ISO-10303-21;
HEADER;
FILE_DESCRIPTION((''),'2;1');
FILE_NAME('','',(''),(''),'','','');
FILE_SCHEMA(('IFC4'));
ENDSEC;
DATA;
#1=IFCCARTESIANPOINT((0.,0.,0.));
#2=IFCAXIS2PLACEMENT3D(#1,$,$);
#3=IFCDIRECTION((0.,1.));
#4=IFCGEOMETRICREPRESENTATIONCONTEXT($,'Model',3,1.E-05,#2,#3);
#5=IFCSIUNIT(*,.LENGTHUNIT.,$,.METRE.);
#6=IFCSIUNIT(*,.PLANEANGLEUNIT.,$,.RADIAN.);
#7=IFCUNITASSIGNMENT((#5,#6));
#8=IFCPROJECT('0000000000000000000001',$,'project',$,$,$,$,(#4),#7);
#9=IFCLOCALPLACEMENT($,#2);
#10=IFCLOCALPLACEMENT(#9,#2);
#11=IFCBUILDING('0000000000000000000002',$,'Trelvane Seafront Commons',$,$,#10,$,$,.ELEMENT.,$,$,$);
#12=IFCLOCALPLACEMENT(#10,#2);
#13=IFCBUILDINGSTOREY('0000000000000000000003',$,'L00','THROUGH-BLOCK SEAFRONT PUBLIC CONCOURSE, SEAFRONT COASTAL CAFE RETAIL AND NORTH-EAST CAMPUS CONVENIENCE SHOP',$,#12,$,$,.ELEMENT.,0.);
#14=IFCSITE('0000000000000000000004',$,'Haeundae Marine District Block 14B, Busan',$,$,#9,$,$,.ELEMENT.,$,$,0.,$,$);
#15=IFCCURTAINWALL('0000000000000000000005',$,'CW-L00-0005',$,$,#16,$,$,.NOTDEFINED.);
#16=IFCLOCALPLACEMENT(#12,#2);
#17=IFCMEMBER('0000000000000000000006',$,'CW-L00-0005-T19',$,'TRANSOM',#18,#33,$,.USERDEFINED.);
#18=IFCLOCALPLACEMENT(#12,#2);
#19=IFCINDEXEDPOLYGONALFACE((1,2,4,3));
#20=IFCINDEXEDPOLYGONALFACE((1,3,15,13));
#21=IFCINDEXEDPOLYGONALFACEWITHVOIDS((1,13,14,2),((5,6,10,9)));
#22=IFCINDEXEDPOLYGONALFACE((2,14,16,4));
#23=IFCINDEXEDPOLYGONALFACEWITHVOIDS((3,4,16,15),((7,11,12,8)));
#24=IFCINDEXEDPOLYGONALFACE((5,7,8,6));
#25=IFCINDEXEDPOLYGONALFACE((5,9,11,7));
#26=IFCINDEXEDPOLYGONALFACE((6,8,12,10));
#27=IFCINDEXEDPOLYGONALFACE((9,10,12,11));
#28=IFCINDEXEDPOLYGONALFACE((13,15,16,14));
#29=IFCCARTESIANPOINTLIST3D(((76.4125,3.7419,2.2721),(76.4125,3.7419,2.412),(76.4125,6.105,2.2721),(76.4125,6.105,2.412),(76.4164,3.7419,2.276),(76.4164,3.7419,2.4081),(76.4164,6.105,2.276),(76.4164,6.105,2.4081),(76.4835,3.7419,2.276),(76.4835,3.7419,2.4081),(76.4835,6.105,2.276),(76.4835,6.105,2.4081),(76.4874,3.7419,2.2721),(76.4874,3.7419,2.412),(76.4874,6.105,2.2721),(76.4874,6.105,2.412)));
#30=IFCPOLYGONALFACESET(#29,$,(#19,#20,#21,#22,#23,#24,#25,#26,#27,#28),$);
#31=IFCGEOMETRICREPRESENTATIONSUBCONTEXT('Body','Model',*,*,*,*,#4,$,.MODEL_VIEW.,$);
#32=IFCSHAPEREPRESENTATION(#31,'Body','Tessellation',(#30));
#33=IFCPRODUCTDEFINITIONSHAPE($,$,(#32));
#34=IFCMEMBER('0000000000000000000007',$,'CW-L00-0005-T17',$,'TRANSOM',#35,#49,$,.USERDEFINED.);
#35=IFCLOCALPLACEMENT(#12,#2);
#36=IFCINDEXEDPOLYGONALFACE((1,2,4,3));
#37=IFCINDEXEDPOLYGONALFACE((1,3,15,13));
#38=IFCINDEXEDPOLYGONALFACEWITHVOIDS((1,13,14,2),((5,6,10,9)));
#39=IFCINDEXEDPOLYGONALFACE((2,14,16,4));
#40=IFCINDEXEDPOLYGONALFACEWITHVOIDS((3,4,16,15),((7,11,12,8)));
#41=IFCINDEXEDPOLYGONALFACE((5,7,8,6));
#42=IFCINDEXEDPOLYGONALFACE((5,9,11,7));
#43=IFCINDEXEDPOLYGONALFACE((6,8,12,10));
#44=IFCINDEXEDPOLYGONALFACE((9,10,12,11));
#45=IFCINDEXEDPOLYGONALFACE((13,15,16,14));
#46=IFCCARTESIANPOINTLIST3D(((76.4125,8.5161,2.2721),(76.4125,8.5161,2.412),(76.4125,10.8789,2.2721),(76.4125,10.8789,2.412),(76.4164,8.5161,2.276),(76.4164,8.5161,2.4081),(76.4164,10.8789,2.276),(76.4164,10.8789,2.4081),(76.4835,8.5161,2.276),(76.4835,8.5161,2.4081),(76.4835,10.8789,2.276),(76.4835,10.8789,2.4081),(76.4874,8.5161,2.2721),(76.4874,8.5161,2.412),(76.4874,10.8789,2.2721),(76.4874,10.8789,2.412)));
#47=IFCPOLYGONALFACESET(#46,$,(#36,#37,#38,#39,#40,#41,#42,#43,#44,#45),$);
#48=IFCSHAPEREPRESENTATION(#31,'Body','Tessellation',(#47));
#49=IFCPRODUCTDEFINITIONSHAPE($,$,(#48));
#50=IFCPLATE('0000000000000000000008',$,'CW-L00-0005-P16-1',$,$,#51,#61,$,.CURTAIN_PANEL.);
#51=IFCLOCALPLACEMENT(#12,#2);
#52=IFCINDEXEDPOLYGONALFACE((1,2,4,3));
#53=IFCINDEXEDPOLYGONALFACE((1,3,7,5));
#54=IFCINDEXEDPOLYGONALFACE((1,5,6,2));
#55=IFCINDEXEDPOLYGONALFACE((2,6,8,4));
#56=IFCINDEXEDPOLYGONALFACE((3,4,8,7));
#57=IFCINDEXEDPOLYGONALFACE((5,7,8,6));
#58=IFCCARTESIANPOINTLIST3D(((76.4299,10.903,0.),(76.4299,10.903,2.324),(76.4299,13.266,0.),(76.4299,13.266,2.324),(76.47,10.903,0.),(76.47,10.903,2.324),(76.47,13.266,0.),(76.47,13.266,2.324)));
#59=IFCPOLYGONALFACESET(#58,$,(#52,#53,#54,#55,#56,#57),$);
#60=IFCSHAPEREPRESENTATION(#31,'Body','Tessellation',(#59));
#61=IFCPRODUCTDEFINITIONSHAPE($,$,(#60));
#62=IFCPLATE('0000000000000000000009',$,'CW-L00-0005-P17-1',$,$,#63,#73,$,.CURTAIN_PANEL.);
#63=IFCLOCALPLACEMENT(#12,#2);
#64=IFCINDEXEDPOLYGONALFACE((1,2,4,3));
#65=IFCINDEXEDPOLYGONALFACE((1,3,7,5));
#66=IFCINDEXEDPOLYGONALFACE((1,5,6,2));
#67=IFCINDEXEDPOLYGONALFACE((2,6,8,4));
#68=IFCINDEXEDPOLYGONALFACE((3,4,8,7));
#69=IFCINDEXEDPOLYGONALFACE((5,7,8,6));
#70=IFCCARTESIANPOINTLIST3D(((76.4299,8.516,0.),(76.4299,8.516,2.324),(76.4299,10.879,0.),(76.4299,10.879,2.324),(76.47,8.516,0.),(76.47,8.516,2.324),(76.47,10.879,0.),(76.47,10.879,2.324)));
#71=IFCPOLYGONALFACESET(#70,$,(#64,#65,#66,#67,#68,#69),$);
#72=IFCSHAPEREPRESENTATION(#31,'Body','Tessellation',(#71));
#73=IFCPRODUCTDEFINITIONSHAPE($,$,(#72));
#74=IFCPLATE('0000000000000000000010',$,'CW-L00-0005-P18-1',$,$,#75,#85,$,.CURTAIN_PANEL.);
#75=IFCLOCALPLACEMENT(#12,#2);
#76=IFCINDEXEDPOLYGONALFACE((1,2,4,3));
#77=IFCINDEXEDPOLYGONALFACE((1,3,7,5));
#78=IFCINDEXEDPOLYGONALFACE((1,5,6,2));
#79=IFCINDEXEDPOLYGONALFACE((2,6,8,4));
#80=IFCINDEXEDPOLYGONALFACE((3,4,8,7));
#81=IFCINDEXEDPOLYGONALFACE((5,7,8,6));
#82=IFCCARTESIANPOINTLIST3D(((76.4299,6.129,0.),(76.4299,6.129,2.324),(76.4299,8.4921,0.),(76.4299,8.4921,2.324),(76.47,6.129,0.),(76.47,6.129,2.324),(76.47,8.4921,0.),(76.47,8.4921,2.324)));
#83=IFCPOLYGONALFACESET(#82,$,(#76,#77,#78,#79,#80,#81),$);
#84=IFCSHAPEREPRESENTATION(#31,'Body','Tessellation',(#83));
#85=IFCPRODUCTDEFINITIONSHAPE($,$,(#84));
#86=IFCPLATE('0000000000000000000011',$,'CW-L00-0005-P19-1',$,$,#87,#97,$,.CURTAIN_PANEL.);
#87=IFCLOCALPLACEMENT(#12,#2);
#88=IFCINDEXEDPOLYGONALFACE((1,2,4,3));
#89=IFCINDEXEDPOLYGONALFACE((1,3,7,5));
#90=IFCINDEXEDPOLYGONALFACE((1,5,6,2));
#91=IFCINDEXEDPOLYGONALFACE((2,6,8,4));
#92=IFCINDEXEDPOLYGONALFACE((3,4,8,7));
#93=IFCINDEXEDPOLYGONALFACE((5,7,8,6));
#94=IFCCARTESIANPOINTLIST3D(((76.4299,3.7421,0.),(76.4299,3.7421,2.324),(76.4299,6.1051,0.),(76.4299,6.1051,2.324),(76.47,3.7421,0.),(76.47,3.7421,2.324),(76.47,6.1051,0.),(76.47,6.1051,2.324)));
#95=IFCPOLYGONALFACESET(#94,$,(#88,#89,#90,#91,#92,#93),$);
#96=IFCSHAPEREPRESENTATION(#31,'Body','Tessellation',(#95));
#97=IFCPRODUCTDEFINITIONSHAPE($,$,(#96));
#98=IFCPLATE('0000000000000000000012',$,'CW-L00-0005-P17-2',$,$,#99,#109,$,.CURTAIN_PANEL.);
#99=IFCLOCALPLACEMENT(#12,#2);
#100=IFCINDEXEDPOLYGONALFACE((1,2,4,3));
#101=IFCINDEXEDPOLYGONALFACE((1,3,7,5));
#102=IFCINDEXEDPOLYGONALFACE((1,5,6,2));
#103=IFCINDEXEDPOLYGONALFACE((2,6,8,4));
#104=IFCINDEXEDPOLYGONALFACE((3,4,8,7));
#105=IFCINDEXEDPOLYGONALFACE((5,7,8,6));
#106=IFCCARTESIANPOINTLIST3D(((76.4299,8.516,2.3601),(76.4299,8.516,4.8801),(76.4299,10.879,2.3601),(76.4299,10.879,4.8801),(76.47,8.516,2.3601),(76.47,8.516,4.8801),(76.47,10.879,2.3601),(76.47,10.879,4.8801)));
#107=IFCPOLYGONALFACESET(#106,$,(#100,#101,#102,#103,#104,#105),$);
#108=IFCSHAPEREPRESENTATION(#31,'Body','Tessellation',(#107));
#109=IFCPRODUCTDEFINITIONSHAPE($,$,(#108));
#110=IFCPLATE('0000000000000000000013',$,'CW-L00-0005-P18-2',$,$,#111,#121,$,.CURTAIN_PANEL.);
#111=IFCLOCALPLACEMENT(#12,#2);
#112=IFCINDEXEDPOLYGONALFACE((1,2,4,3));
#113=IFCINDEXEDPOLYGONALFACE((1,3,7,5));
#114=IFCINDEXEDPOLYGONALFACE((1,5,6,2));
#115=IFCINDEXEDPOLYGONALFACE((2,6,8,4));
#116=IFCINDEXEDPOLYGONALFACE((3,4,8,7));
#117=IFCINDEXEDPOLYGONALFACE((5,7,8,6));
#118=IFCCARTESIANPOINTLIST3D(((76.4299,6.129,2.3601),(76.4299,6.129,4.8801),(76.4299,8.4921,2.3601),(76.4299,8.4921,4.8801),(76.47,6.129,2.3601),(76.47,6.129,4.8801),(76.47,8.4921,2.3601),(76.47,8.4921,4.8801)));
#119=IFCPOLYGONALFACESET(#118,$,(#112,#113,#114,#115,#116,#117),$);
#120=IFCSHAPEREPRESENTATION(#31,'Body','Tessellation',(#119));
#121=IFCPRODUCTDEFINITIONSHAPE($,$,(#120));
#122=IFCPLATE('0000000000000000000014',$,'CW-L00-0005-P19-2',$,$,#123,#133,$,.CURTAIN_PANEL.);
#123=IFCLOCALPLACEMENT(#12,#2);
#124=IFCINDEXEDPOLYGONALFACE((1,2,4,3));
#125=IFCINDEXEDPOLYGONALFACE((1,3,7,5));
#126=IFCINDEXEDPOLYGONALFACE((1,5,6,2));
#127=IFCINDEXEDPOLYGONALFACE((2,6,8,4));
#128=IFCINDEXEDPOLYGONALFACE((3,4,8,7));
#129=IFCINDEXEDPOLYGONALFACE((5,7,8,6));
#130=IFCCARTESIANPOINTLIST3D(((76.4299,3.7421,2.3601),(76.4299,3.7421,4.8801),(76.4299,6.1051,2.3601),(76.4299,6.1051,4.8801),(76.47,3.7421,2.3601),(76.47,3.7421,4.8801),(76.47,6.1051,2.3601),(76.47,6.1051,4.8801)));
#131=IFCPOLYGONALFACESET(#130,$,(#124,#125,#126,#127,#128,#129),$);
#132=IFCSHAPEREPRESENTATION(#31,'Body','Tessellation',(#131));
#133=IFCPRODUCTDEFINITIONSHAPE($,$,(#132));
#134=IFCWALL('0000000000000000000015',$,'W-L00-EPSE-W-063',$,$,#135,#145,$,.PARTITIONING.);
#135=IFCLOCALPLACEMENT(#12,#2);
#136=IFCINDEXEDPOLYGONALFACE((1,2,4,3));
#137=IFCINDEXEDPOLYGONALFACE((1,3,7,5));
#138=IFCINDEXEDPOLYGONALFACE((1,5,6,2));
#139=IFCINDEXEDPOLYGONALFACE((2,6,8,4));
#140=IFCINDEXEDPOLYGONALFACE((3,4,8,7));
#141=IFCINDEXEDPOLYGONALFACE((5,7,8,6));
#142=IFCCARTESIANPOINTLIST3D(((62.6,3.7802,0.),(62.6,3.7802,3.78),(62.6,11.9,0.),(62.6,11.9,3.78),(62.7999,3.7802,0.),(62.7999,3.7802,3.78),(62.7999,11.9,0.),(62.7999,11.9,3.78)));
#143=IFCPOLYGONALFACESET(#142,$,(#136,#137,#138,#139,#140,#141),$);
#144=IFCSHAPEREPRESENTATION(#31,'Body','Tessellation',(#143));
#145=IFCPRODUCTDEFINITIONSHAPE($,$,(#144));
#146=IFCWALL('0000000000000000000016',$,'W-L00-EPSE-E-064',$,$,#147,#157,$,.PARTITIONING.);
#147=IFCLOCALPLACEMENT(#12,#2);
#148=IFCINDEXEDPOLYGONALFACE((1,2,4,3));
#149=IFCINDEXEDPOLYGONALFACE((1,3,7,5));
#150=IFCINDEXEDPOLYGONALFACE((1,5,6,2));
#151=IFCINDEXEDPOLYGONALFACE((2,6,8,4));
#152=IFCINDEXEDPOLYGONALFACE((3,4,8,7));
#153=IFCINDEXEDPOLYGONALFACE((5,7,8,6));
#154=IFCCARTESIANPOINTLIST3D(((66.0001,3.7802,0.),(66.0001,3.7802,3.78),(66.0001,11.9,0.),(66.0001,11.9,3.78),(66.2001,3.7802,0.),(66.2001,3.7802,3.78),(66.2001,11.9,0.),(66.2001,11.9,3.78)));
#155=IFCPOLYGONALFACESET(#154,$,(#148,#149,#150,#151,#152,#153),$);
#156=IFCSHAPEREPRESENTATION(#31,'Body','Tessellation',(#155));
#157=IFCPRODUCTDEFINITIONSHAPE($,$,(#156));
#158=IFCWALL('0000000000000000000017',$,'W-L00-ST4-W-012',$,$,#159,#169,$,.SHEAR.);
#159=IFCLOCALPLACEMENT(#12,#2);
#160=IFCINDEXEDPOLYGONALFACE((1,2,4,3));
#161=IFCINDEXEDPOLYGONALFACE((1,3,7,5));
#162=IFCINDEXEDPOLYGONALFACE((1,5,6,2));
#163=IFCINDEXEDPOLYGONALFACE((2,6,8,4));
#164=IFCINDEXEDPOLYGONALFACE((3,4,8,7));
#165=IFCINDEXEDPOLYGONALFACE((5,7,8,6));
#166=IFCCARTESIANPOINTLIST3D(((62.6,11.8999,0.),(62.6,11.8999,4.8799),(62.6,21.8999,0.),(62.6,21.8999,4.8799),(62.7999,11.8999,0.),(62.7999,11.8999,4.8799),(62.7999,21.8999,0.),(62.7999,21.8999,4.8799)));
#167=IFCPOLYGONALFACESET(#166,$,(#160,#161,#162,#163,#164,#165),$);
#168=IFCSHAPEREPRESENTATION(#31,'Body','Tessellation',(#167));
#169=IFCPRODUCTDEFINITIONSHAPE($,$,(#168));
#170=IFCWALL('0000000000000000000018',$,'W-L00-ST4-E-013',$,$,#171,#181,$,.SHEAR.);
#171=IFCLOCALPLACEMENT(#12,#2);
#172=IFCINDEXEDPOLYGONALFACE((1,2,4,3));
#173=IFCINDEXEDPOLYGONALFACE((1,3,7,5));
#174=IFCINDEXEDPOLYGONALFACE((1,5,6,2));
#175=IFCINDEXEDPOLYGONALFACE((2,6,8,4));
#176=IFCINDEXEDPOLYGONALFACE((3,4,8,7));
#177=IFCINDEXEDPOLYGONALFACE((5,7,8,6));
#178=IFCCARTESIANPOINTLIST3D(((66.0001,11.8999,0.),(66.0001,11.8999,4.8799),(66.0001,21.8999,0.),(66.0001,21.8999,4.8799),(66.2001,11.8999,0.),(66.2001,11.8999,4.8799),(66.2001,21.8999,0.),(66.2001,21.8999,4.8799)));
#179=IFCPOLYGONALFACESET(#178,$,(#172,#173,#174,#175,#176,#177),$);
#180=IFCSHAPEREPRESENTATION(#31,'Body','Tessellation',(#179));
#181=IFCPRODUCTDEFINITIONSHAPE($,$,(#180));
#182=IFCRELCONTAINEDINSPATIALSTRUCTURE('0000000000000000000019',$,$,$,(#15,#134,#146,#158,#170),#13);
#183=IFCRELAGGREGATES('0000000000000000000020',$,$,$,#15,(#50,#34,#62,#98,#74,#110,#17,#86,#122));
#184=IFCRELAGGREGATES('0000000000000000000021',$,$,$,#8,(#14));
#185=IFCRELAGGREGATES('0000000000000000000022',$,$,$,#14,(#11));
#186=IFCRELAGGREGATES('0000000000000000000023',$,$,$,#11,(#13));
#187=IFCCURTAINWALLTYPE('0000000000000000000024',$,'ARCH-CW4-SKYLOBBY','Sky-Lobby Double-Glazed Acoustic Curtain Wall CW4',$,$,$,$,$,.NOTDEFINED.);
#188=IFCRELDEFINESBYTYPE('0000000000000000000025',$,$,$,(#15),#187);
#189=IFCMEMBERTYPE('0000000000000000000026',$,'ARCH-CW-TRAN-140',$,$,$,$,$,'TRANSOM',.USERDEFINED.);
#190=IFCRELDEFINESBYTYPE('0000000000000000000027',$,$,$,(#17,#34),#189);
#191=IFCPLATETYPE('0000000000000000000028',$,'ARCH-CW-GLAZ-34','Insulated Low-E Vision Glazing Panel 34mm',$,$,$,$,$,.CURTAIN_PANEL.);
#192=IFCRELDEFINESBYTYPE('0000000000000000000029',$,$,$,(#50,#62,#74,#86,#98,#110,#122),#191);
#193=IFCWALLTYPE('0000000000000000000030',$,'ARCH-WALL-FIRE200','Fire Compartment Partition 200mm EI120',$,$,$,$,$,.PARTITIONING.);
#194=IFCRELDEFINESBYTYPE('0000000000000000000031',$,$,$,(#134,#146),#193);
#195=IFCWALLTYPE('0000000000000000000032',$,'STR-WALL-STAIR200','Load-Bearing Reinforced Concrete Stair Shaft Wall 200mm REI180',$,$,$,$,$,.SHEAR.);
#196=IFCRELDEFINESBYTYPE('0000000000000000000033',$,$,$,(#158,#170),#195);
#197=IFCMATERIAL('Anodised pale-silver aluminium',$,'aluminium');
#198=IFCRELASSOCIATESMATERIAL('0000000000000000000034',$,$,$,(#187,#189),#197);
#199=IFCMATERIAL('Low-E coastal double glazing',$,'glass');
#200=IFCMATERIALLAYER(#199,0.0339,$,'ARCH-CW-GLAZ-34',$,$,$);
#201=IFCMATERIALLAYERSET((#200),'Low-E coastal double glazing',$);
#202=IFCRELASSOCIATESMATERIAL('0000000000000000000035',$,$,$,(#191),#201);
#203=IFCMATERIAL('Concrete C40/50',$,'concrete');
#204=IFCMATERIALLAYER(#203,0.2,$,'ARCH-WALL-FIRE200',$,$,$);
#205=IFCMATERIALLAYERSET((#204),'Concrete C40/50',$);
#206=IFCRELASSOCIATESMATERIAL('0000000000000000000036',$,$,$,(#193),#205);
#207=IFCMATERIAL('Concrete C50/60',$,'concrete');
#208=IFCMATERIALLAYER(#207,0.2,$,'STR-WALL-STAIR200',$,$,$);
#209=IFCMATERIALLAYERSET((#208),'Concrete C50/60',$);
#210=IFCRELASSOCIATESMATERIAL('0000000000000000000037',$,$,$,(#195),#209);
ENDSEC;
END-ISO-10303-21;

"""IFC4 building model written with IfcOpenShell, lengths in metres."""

from ifc_helpers import new_model, si_unit, direction, frame, frame_2d, origin, origin_2d, place, context, subcontext, project, spatial, rectangle, hollow_rectangle, extrude, source, transform, mapped, material, layer, layer_set, material_profile, profile_set, type_object, element, aggregate, save


model = new_model("IFC4")

# Units and contexts
model_context = context("Model", 3, precision=1e-05, world=origin(), true_north=direction((0.0, 1.0)))
body_context = subcontext(model_context, "Body", "Model", "MODEL_VIEW")
ifc_project = project(units=[si_unit("LENGTHUNIT", "METRE"), si_unit("PLANEANGLEUNIT", "RADIAN")], contexts=[model_context])

# Site, building, storey
site_placement = place(None, origin())
site = spatial("IfcSite", under=ifc_project, at=site_placement, Name="Haeundae Marine District Block 14B, Busan", CompositionType="ELEMENT", RefElevation=0.0)
building_placement = place(site_placement, origin())
building = spatial("IfcBuilding", under=site, at=building_placement, Name="Trelvane Seafront Commons", CompositionType="ELEMENT")
storey_placement = place(building_placement, origin())
storey = spatial("IfcBuildingStorey", under=building, at=storey_placement, Name="L00", Description="THROUGH-BLOCK SEAFRONT PUBLIC CONCOURSE, SEAFRONT COASTAL CAFE RETAIL AND NORTH-EAST CAMPUS CONVENIENCE SHOP", CompositionType="ELEMENT", Elevation=0.0)

# Shared definitions
ifc_material_1 = material(Name="Concrete C50/60", Category="concrete")

# Curtain wall, members, plates
ifc_material_2 = material(Name="Anodised pale-silver aluminium", Category="aluminium")
curtain_wall_type = type_object("IfcCurtainWallType", Name="ARCH-CW4-SKYLOBBY", Description="Sky-Lobby Double-Glazed Acoustic Curtain Wall CW4", PredefinedType="NOTDEFINED", material=ifc_material_2)
curtain_wall_placement = place(storey_placement, origin())
curtain_wall = element("IfcCurtainWall", 1, at=curtain_wall_placement, inside=storey, type_object=curtain_wall_type, Name="CW-L00-0005", PredefinedType="NOTDEFINED")
ifc_material_profile_1 = material_profile(ifc_material_2, hollow_rectangle(XDim=0.075, YDim=0.1399, WallThickness=0.0039, at=origin_2d()), Name="TRAN-75x140x4")
ifc_profile_set_1 = profile_set([ifc_material_profile_1], Name="Anodised pale-silver aluminium")
member_type_1 = type_object("IfcMemberType", Name="ARCH-CW-TRAN-140", ElementType="TRANSOM", PredefinedType="USERDEFINED", material=ifc_profile_set_1)
shared_shape_1 = source(origin(), body_context, "Body", "SweptSolid", [
    extrude(hollow_rectangle(XDim=0.075, YDim=0.1399, WallThickness=0.0039, at=origin_2d()), origin(), (0.0, 0.0, 1.0), 2.363),
])
member_1_placement = place(storey_placement, frame((76.45, 6.105, 2.342), z_axis=(0.0, -1.0, 0.0), x_axis=(1.0, 0.0, 0.0)))
member_1 = element("IfcMember", 2, at=member_1_placement, type_object=member_type_1, Name="CW-L00-0005-T19", ObjectType="TRANSOM", PredefinedType="USERDEFINED", context=body_context, shape_type="MappedRepresentation", body=[
    mapped(shared_shape_1, transform((0.0, 0.0, 0.0), x_axis=(1.0, 0.0, 0.0), y_axis=(0.0, 1.0, 0.0), z_axis=(0.0, 0.0, 1.0), scale=1.0)),
])
shared_shape_2 = source(origin(), body_context, "Body", "SweptSolid", [
    extrude(hollow_rectangle(XDim=0.075, YDim=0.1399, WallThickness=0.0039, at=origin_2d()), origin(), (0.0, 0.0, 1.0), 2.3628),
])
member_2_placement = place(storey_placement, frame((76.45, 10.8789, 2.342), z_axis=(0.0, -1.0, 0.0), x_axis=(1.0, 0.0, 0.0)))
member_2 = element("IfcMember", 3, at=member_2_placement, type_object=member_type_1, Name="CW-L00-0005-T17", ObjectType="TRANSOM", PredefinedType="USERDEFINED", context=body_context, shape_type="MappedRepresentation", body=[
    mapped(shared_shape_2, transform((0.0, 0.0, 0.0), x_axis=(1.0, 0.0, 0.0), y_axis=(0.0, 1.0, 0.0), z_axis=(0.0, 0.0, 1.0), scale=1.0)),
])
ifc_material_3 = material(Name="Low-E coastal double glazing", Category="glass")
ifc_layer_1 = layer(ifc_material_3, 0.0339, Name="ARCH-CW-GLAZ-34")
ifc_layer_set_1 = layer_set([ifc_layer_1], Name="Low-E coastal double glazing")
plate_type = type_object("IfcPlateType", Name="ARCH-CW-GLAZ-34", Description="Insulated Low-E Vision Glazing Panel 34mm", PredefinedType="CURTAIN_PANEL", material=ifc_layer_set_1)
shared_shape_3 = source(origin(), body_context, "Body", "SweptSolid", [
    extrude(rectangle(XDim=2.363, YDim=0.04, at=origin_2d()), origin(), (0.0, 0.0, 1.0), 2.324),
])
plate_1_placement = place(storey_placement, frame((76.45, 12.0845, 0.0), z_axis=(0.0, 0.0, 1.0), x_axis=(0.0, -1.0, 0.0)))
plate_1 = element("IfcPlate", 4, at=plate_1_placement, type_object=plate_type, Name="CW-L00-0005-P16-1", PredefinedType="CURTAIN_PANEL", context=body_context, shape_type="MappedRepresentation", body=[
    mapped(shared_shape_3, transform((0.0, 0.0, 0.0), x_axis=(1.0, 0.0, 0.0), y_axis=(0.0, 1.0, 0.0), z_axis=(0.0, 0.0, 1.0), scale=1.0)),
])
plate_2_placement = place(storey_placement, frame((76.45, 9.6975, 0.0), z_axis=(0.0, 0.0, 1.0), x_axis=(0.0, -1.0, 0.0)))
plate_2 = element("IfcPlate", 5, at=plate_2_placement, type_object=plate_type, Name="CW-L00-0005-P17-1", PredefinedType="CURTAIN_PANEL", context=body_context, shape_type="MappedRepresentation", body=[
    mapped(shared_shape_3, transform((0.0, 0.0, 0.0), x_axis=(1.0, 0.0, 0.0), y_axis=(0.0, 1.0, 0.0), z_axis=(0.0, 0.0, 1.0), scale=1.0)),
])
plate_3_placement = place(storey_placement, frame((76.45, 7.3105, 0.0), z_axis=(0.0, 0.0, 1.0), x_axis=(0.0, -1.0, 0.0)))
plate_3 = element("IfcPlate", 6, at=plate_3_placement, type_object=plate_type, Name="CW-L00-0005-P18-1", PredefinedType="CURTAIN_PANEL", context=body_context, shape_type="MappedRepresentation", body=[
    mapped(shared_shape_3, transform((0.0, 0.0, 0.0), x_axis=(1.0, 0.0, 0.0), y_axis=(0.0, 1.0, 0.0), z_axis=(0.0, 0.0, 1.0), scale=1.0)),
])
plate_4_placement = place(storey_placement, frame((76.45, 4.9236, 0.0), z_axis=(0.0, 0.0, 1.0), x_axis=(0.0, -1.0, 0.0)))
plate_4 = element("IfcPlate", 7, at=plate_4_placement, type_object=plate_type, Name="CW-L00-0005-P19-1", PredefinedType="CURTAIN_PANEL", context=body_context, shape_type="MappedRepresentation", body=[
    mapped(shared_shape_3, transform((0.0, 0.0, 0.0), x_axis=(1.0, 0.0, 0.0), y_axis=(0.0, 1.0, 0.0), z_axis=(0.0, 0.0, 1.0), scale=1.0)),
])
shared_shape_4 = source(origin(), body_context, "Body", "SweptSolid", [
    extrude(rectangle(XDim=2.363, YDim=0.04, at=origin_2d()), origin(), (0.0, 0.0, 1.0), 2.52),
])
plate_5_placement = place(storey_placement, frame((76.45, 9.6975, 2.3601), z_axis=(0.0, 0.0, 1.0), x_axis=(0.0, -1.0, 0.0)))
plate_5 = element("IfcPlate", 8, at=plate_5_placement, type_object=plate_type, Name="CW-L00-0005-P17-2", PredefinedType="CURTAIN_PANEL", context=body_context, shape_type="MappedRepresentation", body=[
    mapped(shared_shape_4, transform((0.0, 0.0, 0.0), x_axis=(1.0, 0.0, 0.0), y_axis=(0.0, 1.0, 0.0), z_axis=(0.0, 0.0, 1.0), scale=1.0)),
])
plate_6_placement = place(storey_placement, frame((76.45, 7.3105, 2.3601), z_axis=(0.0, 0.0, 1.0), x_axis=(0.0, -1.0, 0.0)))
plate_6 = element("IfcPlate", 9, at=plate_6_placement, type_object=plate_type, Name="CW-L00-0005-P18-2", PredefinedType="CURTAIN_PANEL", context=body_context, shape_type="MappedRepresentation", body=[
    mapped(shared_shape_4, transform((0.0, 0.0, 0.0), x_axis=(1.0, 0.0, 0.0), y_axis=(0.0, 1.0, 0.0), z_axis=(0.0, 0.0, 1.0), scale=1.0)),
])
plate_7_placement = place(storey_placement, frame((76.45, 4.9236, 2.3601), z_axis=(0.0, 0.0, 1.0), x_axis=(0.0, -1.0, 0.0)))
plate_7 = element("IfcPlate", 10, at=plate_7_placement, type_object=plate_type, Name="CW-L00-0005-P19-2", PredefinedType="CURTAIN_PANEL", context=body_context, shape_type="MappedRepresentation", body=[
    mapped(shared_shape_4, transform((0.0, 0.0, 0.0), x_axis=(1.0, 0.0, 0.0), y_axis=(0.0, 1.0, 0.0), z_axis=(0.0, 0.0, 1.0), scale=1.0)),
])
aggregate(curtain_wall, [plate_1, member_2, plate_2, plate_5, plate_3, plate_6, member_1, plate_4, plate_7])

# Walls
ifc_material_4 = material(Name="Concrete C40/50", Category="concrete")
ifc_layer_2 = layer(ifc_material_4, 0.2, Name="ARCH-WALL-FIRE200")
ifc_layer_set_2 = layer_set([ifc_layer_2], Name="Concrete C40/50")
wall_type_1 = type_object("IfcWallType", Name="ARCH-WALL-FIRE200", Description="Fire Compartment Partition 200mm EI120", PredefinedType="PARTITIONING", material=ifc_layer_set_2)
for number, where, z_axis, x_axis, name in (
    (11, (62.7, 3.78, 0.0), (0.0, 0.0, 1.0), (0.0, 1.0, 0.0), "W-L00-EPSE-W-063"),
    (12, (66.1001, 3.78, 0.0), (0.0, 0.0, 1.0), (0.0, 1.0, 0.0), "W-L00-EPSE-E-064"),
):
    element("IfcWall", number, at=place(storey_placement, frame(where, z_axis=z_axis, x_axis=x_axis)), inside=storey, type_object=wall_type_1, Name=name, PredefinedType="PARTITIONING", context=body_context, shape_type="SweptSolid", body=[
        extrude(rectangle(XDim=8.1199, YDim=0.2, at=frame_2d((4.0601, 0.0))), origin(), (0.0, 0.0, 1.0), 3.78),
    ])
ifc_layer_3 = layer(ifc_material_1, 0.2, Name="STR-WALL-STAIR200")
ifc_layer_set_3 = layer_set([ifc_layer_3], Name="Concrete C50/60")
wall_type_2 = type_object("IfcWallType", Name="STR-WALL-STAIR200", Description="Load-Bearing Reinforced Concrete Stair Shaft Wall 200mm REI180", PredefinedType="SHEAR", material=ifc_layer_set_3)
for number, where, z_axis, x_axis, name in (
    (13, (62.7, 11.8999, 0.0), (0.0, 0.0, 1.0), (0.0, 1.0, 0.0), "W-L00-ST4-W-012"),
    (14, (66.1001, 11.8999, 0.0), (0.0, 0.0, 1.0), (0.0, 1.0, 0.0), "W-L00-ST4-E-013"),
):
    element("IfcWall", number, at=place(storey_placement, frame(where, z_axis=z_axis, x_axis=x_axis)), inside=storey, type_object=wall_type_2, Name=name, PredefinedType="SHEAR", context=body_context, shape_type="SweptSolid", body=[
        extrude(rectangle(XDim=10.0, YDim=0.2, at=frame_2d((5.0, 0.0))), origin(), (0.0, 0.0, 1.0), 4.8799),
    ])

save(model, "model.ifc")
